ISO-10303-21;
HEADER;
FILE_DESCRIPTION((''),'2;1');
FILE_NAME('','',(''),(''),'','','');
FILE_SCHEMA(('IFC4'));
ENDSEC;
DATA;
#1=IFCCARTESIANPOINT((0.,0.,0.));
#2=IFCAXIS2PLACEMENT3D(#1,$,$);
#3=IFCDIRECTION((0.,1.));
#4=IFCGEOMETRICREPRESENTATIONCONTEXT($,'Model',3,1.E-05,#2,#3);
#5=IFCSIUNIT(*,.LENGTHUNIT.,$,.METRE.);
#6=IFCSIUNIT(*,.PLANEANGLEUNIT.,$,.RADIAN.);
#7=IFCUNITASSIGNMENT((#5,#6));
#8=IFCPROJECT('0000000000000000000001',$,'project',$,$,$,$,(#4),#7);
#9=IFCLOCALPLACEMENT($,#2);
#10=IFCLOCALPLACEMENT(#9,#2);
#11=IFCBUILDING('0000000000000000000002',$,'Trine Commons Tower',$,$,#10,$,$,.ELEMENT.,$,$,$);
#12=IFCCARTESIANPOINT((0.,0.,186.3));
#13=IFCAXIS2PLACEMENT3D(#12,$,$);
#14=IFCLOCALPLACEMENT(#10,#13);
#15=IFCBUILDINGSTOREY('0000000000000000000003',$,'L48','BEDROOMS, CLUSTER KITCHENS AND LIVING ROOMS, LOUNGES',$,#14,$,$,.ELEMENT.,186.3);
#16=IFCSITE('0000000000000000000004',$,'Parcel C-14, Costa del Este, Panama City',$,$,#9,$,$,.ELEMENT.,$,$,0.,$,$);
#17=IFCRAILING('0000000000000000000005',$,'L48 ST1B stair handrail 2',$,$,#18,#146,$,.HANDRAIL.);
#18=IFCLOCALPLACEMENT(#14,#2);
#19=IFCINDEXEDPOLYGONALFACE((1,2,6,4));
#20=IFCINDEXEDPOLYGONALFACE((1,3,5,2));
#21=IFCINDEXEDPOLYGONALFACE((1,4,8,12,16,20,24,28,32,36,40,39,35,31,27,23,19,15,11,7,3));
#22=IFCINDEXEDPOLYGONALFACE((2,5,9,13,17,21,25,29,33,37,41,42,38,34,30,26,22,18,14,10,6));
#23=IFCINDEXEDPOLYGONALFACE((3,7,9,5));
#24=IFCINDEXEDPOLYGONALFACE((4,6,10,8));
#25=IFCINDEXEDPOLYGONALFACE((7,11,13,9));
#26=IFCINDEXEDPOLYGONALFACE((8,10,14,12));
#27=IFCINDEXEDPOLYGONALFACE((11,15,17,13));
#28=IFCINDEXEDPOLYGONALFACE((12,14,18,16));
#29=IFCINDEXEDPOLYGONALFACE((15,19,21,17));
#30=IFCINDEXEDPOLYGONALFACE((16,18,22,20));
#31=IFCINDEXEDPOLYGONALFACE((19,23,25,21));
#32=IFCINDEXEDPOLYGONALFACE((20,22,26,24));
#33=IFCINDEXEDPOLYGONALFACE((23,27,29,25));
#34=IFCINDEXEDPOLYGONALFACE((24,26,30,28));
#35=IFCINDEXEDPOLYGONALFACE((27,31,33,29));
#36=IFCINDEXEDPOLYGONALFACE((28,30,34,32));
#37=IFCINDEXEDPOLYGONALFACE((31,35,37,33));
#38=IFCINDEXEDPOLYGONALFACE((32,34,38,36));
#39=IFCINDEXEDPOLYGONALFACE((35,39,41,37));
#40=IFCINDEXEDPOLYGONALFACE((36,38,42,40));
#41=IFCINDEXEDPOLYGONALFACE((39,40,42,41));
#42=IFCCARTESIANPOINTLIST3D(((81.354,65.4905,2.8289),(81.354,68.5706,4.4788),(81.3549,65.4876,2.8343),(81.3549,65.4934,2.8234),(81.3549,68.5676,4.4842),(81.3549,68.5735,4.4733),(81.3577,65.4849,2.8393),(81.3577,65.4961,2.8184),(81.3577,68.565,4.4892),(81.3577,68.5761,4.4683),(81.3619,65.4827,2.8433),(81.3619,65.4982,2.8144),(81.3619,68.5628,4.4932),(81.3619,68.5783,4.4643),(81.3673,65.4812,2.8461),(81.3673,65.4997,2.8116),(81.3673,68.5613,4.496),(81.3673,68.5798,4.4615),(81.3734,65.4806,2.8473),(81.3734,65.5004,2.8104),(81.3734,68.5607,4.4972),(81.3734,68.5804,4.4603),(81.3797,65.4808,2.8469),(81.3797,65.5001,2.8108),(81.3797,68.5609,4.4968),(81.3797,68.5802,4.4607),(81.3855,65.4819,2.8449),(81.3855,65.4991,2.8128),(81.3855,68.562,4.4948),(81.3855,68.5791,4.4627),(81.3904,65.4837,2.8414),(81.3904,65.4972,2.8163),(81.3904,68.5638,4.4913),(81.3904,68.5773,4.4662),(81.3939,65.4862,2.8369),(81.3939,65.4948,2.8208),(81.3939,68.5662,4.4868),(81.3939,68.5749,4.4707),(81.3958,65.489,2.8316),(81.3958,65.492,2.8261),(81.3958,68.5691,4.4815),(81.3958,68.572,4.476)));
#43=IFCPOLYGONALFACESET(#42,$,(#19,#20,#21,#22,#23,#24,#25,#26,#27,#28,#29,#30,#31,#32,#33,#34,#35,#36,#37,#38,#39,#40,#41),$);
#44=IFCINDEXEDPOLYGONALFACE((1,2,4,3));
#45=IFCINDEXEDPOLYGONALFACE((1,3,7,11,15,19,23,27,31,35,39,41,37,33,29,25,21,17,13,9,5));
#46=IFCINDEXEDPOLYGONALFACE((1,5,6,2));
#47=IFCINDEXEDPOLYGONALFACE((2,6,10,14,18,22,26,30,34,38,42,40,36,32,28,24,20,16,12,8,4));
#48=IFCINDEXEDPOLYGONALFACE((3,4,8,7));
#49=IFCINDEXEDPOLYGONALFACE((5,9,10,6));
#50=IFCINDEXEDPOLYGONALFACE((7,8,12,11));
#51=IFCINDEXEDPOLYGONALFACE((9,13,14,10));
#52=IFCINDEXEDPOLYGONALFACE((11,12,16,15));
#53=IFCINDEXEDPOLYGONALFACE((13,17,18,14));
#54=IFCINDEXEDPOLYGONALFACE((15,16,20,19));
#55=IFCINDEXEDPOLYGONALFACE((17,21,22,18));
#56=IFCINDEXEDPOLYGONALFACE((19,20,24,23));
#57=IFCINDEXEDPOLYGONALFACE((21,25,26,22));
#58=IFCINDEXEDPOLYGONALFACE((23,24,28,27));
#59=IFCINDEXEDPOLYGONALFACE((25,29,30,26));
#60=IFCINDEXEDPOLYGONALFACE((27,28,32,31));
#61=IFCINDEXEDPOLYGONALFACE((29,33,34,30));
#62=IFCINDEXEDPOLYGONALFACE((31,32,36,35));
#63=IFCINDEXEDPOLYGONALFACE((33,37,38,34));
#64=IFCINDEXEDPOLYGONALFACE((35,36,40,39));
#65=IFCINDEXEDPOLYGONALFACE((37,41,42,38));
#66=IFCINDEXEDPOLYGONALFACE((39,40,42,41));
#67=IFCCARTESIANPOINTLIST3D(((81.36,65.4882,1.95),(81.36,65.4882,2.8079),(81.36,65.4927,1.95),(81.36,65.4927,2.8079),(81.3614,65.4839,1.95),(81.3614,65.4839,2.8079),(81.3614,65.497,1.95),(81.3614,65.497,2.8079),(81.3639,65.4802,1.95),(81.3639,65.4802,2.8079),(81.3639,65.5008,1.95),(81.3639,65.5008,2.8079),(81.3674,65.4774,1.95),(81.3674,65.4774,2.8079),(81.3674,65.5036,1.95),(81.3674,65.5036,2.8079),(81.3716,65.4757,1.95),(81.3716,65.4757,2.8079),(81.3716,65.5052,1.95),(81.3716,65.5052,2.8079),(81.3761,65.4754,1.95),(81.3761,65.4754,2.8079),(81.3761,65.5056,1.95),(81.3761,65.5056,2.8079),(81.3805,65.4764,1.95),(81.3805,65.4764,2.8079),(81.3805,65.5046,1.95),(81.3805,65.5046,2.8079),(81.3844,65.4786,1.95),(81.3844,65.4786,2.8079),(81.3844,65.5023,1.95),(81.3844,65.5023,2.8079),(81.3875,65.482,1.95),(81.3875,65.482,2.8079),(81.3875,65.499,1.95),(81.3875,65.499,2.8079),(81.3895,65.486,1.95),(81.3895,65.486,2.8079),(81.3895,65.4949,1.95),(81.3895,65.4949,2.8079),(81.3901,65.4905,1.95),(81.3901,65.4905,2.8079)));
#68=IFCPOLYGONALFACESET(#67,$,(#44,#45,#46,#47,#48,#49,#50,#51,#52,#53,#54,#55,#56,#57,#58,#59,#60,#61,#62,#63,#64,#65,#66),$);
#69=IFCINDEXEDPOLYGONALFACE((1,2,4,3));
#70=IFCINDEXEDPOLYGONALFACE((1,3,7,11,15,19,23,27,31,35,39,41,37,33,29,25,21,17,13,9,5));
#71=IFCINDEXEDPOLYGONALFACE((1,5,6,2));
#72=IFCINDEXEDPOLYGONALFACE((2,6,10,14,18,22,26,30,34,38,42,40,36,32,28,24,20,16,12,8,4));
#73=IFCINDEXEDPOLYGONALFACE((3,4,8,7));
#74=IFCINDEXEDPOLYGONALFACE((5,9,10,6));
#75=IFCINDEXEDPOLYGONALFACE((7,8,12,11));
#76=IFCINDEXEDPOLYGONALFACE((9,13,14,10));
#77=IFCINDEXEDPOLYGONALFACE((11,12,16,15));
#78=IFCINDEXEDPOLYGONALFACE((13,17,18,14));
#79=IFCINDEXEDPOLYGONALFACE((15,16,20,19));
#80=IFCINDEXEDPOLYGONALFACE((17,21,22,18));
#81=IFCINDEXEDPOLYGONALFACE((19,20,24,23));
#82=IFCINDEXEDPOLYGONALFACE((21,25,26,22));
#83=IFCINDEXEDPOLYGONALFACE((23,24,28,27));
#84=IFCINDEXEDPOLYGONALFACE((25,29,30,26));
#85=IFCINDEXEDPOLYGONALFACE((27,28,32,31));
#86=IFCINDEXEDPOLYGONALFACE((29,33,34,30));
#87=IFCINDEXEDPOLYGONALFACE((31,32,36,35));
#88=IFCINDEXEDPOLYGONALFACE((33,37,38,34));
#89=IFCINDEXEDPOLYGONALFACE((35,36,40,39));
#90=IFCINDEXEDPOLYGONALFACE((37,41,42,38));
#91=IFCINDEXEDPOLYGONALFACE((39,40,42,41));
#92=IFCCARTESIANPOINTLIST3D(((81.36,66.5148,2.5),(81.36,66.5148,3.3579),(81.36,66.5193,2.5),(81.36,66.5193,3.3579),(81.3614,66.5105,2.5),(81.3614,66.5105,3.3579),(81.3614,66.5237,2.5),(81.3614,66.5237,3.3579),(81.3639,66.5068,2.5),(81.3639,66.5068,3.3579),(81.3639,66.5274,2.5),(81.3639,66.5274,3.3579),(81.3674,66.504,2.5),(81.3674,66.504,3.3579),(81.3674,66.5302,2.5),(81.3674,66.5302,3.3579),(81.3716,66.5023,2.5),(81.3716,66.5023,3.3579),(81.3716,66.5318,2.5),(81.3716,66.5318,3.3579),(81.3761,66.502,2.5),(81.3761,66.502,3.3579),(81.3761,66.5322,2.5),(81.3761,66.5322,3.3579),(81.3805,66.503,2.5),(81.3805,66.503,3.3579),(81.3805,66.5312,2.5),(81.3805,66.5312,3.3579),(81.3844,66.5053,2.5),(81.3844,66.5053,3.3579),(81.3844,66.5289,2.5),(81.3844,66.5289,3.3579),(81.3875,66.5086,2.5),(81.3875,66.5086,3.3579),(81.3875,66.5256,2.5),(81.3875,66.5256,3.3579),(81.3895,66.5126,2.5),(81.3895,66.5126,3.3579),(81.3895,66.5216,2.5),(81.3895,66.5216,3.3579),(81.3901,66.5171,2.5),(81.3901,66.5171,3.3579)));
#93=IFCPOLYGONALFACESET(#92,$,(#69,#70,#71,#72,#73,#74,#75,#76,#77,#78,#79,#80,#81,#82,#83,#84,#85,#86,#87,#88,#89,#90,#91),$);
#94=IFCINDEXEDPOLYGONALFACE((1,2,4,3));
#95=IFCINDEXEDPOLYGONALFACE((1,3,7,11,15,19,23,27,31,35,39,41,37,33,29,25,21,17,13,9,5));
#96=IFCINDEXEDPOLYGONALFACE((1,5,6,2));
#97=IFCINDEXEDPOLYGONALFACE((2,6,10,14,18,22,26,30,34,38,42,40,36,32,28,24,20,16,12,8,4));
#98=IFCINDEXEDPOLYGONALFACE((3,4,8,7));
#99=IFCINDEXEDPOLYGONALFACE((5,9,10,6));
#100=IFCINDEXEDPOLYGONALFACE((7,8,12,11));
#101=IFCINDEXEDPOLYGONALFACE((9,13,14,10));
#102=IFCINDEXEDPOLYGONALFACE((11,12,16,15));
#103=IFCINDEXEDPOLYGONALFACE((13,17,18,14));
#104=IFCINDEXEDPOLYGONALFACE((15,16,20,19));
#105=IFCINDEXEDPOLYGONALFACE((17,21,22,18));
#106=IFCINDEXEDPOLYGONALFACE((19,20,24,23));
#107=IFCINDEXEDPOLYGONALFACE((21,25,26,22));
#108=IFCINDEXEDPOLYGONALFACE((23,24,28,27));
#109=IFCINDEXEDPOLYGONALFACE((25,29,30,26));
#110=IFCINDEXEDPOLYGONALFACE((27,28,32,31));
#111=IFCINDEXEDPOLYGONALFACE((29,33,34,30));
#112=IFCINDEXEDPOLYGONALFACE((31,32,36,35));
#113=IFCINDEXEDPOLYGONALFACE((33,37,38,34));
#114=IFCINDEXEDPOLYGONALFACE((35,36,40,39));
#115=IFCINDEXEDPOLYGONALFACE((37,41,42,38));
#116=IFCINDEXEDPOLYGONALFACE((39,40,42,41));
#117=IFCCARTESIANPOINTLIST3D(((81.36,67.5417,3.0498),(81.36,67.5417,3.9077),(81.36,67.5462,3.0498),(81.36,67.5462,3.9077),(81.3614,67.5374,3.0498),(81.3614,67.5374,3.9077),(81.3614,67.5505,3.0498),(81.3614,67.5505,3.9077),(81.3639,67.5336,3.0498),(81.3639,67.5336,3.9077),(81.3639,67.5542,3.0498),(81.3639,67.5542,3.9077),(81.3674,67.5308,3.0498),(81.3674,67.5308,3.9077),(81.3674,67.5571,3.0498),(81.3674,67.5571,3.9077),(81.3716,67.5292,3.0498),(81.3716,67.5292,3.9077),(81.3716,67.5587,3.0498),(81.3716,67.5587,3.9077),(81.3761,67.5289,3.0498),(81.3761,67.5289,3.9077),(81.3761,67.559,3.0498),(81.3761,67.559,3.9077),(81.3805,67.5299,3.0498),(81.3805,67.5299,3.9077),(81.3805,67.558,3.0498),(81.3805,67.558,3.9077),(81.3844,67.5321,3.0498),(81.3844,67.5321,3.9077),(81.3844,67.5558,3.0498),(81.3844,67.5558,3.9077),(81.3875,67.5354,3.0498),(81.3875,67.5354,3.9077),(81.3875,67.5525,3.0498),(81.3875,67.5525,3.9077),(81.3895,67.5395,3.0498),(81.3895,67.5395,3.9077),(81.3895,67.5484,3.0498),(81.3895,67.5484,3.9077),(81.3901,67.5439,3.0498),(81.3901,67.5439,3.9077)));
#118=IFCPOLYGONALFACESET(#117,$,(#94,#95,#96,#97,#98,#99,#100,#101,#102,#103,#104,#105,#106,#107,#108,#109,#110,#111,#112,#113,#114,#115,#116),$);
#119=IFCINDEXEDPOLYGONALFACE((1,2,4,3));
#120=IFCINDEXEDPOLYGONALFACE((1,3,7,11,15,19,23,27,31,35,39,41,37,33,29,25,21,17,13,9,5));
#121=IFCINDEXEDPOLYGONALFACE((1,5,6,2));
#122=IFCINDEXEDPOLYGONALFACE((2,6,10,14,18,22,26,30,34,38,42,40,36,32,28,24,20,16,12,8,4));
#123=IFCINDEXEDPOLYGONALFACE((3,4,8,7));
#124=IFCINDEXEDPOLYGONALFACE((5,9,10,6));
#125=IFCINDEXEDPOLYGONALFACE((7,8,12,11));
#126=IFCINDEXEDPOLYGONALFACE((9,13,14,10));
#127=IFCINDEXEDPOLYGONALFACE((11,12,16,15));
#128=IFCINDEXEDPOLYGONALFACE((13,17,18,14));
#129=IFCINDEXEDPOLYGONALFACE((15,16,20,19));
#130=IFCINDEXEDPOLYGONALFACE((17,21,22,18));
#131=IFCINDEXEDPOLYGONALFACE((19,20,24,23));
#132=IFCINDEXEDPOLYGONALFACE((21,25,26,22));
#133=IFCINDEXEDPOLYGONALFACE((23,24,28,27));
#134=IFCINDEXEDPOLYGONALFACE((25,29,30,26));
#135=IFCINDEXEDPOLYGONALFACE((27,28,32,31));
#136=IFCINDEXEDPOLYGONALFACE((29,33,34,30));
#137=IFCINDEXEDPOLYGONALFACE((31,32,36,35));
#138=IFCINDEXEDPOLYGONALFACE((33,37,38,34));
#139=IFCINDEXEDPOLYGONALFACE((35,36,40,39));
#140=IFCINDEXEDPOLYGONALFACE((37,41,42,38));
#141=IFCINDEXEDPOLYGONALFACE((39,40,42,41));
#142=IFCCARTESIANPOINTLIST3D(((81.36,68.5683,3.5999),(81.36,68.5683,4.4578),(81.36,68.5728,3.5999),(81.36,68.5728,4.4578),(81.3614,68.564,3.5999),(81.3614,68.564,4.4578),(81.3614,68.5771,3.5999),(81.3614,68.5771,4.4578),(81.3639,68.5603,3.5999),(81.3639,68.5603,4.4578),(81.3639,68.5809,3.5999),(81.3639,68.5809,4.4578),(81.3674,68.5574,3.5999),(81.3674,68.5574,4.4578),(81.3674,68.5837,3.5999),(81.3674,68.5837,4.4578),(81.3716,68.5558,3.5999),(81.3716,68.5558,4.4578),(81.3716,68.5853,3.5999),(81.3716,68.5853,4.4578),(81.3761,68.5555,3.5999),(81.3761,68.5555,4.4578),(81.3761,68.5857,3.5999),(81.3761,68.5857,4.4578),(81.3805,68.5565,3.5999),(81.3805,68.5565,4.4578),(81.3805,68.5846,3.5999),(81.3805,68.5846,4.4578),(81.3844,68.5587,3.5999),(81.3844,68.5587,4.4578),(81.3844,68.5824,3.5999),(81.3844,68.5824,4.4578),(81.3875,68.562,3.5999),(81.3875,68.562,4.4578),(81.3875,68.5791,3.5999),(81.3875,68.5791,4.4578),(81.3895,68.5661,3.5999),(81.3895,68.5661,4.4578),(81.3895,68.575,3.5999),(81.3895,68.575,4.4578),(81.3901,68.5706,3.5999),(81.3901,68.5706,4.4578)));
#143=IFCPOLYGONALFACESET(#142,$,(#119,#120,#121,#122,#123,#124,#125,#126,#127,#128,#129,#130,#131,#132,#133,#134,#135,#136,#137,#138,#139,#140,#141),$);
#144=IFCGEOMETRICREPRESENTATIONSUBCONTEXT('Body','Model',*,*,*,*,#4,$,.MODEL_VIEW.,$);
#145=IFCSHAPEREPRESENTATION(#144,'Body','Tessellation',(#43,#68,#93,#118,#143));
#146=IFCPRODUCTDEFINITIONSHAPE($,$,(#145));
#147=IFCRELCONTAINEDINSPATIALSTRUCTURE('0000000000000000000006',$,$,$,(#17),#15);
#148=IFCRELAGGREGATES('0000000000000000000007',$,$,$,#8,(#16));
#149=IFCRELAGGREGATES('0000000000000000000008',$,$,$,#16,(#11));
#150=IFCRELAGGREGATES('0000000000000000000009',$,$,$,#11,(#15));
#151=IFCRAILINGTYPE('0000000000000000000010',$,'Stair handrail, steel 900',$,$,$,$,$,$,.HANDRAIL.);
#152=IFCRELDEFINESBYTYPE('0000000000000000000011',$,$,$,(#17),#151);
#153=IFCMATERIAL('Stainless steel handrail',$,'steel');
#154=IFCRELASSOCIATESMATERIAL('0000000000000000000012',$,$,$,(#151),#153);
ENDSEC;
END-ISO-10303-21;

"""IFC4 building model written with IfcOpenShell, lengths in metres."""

from ifc_helpers import new_model, si_unit, direction, frame, origin, origin_2d, place, context, subcontext, project, spatial, circle, extrude, material, type_object, element, save


model = new_model("IFC4")

# Units and contexts
model_context = context("Model", 3, precision=1e-05, world=origin(), true_north=direction((0.0, 1.0)))
body_context = subcontext(model_context, "Body", "Model", "MODEL_VIEW")
ifc_project = project(units=[si_unit("LENGTHUNIT", "METRE"), si_unit("PLANEANGLEUNIT", "RADIAN")], contexts=[model_context])

# Site, building, storey
site_placement = place(None, origin())
site = spatial("IfcSite", under=ifc_project, at=site_placement, Name="Parcel C-14, Costa del Este, Panama City", CompositionType="ELEMENT", RefElevation=0.0)
building_placement = place(site_placement, origin())
building = spatial("IfcBuilding", under=site, at=building_placement, Name="Trine Commons Tower", CompositionType="ELEMENT")
storey_placement = place(building_placement, frame((0.0, 0.0, 186.3)))
storey = spatial("IfcBuildingStorey", under=building, at=storey_placement, Name="L48", Description="BEDROOMS, CLUSTER KITCHENS AND LIVING ROOMS, LOUNGES", CompositionType="ELEMENT", Elevation=186.3)

# Railing
ifc_material_1 = material(Name="Stainless steel handrail", Category="steel")
railing_type_1 = type_object("IfcRailingType", Name="Stair handrail, steel 900", PredefinedType="HANDRAIL", material=ifc_material_1)
railing_1_placement = place(storey_placement, frame((81.375, 65.4905, 1.95)))
element("IfcRailing", 1, at=railing_1_placement, inside=storey, type_object=railing_type_1, Name="L48 ST1B stair handrail 2", PredefinedType="HANDRAIL", context=body_context, shape_type="SweptSolid", body=[
    extrude(circle(Radius=0.021, at=origin_2d()), frame((0.0, 0.0, 0.8789), z_axis=(0.0, 0.881497, 0.47219), x_axis=(-1.0, 0.0, 0.0)), (0.0, 0.0, 1.0), 3.4941),
    extrude(circle(Radius=0.0151, at=origin_2d()), origin(), (0.0, 0.0, 1.0), 0.8579),
    extrude(circle(Radius=0.0151, at=origin_2d()), frame((0.0, 1.0266, 0.55)), (0.0, 0.0, 1.0), 0.8579),
    extrude(circle(Radius=0.0151, at=origin_2d()), frame((0.0, 2.0535, 1.0999)), (0.0, 0.0, 1.0), 0.8579),
    extrude(circle(Radius=0.0151, at=origin_2d()), frame((0.0, 3.0801, 1.6499)), (0.0, 0.0, 1.0), 0.8579),
])

save(model, "model.ifc")
